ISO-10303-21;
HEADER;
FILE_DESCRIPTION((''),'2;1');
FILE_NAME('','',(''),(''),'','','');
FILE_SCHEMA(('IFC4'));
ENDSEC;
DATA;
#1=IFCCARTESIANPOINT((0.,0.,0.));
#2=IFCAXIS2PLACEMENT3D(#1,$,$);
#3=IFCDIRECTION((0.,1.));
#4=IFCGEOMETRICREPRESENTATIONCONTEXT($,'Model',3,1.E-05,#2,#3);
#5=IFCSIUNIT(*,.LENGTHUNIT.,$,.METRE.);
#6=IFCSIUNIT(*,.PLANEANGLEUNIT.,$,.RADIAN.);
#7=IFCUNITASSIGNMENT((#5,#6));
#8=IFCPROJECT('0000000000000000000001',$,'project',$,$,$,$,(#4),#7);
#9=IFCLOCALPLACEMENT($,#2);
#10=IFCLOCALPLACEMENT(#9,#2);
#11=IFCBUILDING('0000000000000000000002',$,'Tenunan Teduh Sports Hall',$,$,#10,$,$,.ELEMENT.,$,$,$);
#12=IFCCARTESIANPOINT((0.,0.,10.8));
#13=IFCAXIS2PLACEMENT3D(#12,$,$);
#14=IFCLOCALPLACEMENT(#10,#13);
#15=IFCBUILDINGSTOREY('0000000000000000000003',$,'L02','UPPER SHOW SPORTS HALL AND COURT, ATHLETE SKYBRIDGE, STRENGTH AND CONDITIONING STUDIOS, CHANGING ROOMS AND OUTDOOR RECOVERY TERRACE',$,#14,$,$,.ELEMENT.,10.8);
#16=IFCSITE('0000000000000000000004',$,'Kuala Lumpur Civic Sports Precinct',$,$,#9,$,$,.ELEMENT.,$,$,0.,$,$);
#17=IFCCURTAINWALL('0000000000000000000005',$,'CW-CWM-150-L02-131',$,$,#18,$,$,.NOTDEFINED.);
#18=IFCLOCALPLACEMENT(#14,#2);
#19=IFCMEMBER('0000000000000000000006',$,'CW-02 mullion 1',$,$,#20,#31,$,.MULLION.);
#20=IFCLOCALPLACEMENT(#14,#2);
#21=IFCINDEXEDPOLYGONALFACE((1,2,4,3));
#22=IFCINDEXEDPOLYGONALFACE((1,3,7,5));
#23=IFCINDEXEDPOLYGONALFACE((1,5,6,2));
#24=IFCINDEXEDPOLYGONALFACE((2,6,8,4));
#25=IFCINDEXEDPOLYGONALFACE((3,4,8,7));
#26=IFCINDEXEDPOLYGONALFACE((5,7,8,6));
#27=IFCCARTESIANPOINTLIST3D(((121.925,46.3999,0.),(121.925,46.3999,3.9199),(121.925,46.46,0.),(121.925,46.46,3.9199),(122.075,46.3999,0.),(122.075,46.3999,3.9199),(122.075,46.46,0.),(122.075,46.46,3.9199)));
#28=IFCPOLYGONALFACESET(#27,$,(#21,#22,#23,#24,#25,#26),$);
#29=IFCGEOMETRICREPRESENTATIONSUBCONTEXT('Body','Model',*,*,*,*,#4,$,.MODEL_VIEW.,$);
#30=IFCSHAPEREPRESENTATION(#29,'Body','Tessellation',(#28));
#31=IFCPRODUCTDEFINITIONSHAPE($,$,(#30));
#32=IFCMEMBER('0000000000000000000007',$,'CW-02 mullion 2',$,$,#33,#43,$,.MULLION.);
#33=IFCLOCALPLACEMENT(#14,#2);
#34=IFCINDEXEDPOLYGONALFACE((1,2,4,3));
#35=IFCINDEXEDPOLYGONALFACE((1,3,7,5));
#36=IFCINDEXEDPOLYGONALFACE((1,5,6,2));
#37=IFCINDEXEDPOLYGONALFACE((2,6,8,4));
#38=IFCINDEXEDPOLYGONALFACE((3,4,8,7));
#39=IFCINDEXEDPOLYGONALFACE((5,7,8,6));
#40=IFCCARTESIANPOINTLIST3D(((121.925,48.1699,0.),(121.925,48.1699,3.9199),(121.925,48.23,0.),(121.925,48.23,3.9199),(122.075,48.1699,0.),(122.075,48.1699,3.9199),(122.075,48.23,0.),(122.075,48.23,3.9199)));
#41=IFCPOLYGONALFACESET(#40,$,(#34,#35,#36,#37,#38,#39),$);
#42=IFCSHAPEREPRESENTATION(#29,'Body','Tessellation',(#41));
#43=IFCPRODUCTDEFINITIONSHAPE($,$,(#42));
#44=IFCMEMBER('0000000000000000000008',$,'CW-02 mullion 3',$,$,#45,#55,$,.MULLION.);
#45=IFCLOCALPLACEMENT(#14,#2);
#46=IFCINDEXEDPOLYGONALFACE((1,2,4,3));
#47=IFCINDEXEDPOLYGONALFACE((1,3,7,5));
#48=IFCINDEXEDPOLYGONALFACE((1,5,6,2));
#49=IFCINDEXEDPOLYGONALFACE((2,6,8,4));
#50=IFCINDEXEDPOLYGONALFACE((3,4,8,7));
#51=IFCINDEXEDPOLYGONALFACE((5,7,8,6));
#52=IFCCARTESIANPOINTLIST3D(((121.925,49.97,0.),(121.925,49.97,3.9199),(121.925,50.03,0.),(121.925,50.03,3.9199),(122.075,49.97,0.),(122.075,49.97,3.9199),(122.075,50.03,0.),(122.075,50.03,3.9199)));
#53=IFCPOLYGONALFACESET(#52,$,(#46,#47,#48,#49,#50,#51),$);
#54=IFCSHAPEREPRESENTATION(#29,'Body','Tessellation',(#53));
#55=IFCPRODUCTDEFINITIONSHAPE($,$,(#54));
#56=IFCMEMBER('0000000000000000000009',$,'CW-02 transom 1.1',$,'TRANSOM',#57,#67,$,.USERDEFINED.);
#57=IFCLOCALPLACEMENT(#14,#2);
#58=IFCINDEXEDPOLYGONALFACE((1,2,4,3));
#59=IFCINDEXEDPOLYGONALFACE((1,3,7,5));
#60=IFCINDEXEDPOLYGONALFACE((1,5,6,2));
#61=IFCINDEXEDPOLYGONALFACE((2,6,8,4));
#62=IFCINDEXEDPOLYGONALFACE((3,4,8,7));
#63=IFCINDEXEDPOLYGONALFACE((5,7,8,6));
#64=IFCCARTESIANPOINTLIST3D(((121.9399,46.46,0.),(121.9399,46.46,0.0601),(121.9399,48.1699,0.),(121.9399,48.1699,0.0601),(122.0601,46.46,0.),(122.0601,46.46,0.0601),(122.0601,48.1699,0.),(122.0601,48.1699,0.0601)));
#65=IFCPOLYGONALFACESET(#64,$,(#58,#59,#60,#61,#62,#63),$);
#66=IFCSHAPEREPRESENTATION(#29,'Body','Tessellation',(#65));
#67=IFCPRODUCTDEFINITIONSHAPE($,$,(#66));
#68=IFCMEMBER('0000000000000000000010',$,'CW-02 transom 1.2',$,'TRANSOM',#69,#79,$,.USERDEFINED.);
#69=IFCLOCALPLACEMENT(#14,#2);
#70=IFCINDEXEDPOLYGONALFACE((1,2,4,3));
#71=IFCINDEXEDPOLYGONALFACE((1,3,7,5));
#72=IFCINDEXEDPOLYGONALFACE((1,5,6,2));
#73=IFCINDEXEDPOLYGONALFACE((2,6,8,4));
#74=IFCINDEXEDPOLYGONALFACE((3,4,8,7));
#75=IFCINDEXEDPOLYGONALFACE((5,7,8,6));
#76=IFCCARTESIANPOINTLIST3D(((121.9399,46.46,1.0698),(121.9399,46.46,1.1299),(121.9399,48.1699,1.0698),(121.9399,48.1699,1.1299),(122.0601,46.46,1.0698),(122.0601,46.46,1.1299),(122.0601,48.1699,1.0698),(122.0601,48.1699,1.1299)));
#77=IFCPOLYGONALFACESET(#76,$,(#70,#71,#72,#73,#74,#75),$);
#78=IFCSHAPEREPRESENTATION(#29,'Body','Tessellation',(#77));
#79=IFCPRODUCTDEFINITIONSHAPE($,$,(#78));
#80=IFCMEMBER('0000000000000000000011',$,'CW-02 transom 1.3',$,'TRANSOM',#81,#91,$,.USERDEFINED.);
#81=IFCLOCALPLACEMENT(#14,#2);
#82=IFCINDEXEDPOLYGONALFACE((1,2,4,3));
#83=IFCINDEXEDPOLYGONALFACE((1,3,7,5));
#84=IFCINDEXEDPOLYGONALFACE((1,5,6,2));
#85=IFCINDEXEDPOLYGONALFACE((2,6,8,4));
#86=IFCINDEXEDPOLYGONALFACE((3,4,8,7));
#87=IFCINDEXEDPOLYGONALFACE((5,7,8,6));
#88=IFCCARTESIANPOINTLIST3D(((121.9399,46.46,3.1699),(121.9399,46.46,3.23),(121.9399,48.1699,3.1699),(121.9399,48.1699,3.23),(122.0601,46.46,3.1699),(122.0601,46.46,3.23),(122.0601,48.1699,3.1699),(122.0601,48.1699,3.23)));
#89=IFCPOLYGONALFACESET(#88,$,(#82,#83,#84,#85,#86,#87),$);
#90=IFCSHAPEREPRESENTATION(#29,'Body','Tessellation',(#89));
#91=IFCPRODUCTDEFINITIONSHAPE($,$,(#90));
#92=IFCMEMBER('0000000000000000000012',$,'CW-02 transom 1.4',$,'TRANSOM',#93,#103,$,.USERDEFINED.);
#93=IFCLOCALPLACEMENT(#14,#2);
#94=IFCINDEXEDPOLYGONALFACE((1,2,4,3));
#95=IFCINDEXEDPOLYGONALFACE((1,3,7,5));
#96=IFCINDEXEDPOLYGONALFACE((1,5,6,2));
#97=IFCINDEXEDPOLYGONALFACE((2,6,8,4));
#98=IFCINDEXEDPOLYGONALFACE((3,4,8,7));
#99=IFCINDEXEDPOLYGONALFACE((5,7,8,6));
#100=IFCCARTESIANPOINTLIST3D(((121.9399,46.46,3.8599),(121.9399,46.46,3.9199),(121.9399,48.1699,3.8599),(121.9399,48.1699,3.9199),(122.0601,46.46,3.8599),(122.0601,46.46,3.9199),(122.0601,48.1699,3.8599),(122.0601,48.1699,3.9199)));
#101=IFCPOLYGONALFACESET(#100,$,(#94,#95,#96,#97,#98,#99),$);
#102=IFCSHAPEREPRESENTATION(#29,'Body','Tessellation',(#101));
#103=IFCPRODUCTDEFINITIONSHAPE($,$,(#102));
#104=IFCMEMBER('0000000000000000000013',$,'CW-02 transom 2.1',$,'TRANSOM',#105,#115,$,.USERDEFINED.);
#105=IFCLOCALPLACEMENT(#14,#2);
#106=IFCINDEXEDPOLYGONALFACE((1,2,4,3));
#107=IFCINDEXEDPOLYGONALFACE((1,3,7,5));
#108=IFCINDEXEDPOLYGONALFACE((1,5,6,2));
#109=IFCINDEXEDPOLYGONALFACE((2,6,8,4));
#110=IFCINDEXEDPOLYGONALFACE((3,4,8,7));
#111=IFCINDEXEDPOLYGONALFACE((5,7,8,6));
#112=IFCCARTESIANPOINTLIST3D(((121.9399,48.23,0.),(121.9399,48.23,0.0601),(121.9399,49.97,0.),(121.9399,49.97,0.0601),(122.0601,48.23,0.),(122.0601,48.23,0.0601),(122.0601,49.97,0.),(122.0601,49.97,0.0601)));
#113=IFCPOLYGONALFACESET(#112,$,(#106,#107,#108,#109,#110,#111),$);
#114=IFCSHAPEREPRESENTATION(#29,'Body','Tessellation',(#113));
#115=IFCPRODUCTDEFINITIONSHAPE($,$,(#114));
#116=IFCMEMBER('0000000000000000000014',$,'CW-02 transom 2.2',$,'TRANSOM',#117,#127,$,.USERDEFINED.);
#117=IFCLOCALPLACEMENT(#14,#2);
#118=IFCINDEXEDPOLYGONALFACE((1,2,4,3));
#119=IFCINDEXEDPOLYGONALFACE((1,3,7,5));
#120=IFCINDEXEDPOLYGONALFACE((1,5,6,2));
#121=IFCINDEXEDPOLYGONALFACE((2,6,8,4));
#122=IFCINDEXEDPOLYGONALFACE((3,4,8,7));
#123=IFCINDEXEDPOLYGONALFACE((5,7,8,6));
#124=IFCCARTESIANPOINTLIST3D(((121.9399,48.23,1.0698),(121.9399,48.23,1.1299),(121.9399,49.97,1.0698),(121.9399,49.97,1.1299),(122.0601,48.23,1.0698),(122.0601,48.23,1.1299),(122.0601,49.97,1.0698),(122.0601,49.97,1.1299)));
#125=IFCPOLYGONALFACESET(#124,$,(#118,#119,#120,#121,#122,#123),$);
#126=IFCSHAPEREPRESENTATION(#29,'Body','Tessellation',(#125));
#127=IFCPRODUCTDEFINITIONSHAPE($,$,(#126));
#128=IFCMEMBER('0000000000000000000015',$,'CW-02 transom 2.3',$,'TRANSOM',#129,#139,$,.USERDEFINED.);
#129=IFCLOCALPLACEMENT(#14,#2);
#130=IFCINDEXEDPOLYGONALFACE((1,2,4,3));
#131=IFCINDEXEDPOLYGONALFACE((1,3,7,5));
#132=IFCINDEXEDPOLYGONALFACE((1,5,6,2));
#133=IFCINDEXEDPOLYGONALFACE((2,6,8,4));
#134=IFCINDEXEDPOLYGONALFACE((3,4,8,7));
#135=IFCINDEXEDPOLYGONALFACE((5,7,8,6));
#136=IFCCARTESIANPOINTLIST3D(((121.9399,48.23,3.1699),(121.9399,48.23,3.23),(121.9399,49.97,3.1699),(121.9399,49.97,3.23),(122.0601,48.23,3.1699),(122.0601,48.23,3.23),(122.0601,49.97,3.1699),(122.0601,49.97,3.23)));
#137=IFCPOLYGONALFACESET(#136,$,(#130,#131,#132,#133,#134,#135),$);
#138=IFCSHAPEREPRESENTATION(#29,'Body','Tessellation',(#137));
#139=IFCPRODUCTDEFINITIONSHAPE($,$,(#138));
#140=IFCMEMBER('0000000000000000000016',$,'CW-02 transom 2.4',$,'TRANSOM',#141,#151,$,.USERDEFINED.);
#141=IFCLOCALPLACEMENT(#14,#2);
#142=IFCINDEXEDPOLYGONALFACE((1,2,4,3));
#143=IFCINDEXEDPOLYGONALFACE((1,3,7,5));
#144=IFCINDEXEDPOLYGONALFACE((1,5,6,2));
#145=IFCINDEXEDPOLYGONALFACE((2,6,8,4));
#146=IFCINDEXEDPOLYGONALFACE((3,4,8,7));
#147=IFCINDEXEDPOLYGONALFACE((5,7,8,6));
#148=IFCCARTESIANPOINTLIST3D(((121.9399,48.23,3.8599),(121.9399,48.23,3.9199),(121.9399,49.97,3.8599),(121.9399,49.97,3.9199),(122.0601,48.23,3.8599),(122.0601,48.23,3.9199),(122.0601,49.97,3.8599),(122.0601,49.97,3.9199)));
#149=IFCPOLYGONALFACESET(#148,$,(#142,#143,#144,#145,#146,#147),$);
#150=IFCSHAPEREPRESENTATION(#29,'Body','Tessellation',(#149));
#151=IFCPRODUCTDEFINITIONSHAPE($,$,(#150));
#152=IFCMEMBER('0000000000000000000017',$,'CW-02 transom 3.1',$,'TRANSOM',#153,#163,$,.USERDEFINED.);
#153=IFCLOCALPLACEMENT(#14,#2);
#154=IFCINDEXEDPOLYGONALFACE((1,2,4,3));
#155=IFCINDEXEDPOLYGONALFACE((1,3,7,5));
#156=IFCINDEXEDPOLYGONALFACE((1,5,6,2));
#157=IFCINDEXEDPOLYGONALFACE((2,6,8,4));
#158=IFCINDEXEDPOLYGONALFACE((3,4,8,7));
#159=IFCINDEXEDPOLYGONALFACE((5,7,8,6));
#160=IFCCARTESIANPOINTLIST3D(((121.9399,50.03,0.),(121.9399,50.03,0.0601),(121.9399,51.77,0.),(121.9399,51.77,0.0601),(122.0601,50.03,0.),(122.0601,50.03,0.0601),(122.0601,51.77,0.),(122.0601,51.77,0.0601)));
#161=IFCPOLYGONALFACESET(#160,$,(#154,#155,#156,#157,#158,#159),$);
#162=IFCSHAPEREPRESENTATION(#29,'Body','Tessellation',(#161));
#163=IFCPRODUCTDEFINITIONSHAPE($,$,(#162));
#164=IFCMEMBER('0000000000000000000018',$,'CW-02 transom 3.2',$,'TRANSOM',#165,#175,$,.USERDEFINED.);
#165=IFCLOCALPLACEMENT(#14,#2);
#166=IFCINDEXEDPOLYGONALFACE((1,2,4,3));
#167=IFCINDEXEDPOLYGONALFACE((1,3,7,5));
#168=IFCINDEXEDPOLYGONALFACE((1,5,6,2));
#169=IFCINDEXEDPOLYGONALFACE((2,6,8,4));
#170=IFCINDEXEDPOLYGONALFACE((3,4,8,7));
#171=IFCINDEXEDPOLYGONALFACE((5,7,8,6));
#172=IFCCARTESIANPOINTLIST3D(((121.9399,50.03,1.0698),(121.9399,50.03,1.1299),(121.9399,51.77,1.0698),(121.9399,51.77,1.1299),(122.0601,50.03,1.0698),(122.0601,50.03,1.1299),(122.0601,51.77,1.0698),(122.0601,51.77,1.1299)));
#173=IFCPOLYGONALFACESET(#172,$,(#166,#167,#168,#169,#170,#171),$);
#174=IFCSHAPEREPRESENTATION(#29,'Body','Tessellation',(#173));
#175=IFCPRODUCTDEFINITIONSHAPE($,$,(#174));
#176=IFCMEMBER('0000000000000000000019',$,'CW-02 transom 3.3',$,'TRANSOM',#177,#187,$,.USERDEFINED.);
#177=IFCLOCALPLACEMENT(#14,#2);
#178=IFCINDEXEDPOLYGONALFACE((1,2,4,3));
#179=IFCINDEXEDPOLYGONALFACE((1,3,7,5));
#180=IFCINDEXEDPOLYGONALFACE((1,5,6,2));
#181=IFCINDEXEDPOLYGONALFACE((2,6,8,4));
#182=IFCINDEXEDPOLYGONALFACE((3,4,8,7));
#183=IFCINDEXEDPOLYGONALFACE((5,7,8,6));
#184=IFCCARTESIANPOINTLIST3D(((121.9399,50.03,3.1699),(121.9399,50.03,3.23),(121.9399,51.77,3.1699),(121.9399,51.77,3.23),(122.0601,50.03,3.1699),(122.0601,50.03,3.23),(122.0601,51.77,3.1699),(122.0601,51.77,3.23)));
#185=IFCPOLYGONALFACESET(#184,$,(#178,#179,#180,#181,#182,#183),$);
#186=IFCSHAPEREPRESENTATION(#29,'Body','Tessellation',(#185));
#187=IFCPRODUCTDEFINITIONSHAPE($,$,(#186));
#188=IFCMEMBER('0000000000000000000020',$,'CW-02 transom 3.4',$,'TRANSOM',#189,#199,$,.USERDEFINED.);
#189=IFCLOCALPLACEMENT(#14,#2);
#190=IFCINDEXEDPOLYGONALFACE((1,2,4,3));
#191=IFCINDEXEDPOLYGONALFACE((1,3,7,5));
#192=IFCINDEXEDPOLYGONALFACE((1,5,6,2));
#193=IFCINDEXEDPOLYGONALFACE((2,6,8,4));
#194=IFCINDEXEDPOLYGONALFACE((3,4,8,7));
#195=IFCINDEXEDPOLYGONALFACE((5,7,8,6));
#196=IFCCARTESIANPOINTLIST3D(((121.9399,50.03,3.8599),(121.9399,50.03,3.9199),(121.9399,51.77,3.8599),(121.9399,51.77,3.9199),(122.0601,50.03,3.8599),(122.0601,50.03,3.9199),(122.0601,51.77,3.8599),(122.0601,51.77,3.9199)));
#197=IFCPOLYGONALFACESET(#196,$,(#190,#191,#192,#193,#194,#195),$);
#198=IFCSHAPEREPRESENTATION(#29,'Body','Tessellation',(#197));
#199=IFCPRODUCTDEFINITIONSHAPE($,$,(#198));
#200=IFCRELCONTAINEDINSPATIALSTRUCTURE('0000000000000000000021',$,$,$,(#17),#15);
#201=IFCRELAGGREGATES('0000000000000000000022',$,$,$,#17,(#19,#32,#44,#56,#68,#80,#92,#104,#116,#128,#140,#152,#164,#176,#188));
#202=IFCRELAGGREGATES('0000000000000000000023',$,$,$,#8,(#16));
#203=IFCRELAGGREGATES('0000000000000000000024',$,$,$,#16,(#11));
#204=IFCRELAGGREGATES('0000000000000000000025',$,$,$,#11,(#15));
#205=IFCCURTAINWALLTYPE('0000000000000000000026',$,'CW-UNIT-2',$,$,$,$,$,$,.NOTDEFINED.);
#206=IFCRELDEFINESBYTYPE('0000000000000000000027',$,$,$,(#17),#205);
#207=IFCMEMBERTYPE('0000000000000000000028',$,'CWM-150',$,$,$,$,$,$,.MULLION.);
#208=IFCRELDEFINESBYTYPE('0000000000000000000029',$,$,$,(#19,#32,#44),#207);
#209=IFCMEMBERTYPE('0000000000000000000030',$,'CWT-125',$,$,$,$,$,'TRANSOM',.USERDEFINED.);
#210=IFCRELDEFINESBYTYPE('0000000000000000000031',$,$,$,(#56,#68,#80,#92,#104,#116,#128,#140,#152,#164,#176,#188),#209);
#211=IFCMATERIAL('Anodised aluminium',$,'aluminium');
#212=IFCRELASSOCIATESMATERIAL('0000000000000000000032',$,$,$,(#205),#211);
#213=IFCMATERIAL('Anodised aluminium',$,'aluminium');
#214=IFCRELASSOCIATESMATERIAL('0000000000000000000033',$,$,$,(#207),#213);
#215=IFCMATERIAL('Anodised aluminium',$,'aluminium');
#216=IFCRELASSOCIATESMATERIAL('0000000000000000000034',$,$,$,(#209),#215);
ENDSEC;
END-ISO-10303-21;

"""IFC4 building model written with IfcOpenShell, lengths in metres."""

from ifc_helpers import new_model, si_unit, direction, frame, origin, origin_2d, place, context, subcontext, project, spatial, rectangle, extrude, material, material_profile, profile_set, type_object, element, aggregate, save


model = new_model("IFC4")

# Units and contexts
model_context = context("Model", 3, precision=1e-05, world=origin(), true_north=direction((0.0, 1.0)))
body_context = subcontext(model_context, "Body", "Model", "MODEL_VIEW")
ifc_project = project(units=[si_unit("LENGTHUNIT", "METRE"), si_unit("PLANEANGLEUNIT", "RADIAN")], contexts=[model_context])

# Site, building, storey
site_placement = place(None, origin())
site = spatial("IfcSite", under=ifc_project, at=site_placement, Name="Kuala Lumpur Civic Sports Precinct", CompositionType="ELEMENT", RefElevation=0.0)
building_placement = place(site_placement, origin())
building = spatial("IfcBuilding", under=site, at=building_placement, Name="Tenunan Teduh Sports Hall", CompositionType="ELEMENT")
storey_placement = place(building_placement, frame((0.0, 0.0, 10.8)))
storey = spatial("IfcBuildingStorey", under=building, at=storey_placement, Name="L02", Description="UPPER SHOW SPORTS HALL AND COURT, ATHLETE SKYBRIDGE, STRENGTH AND CONDITIONING STUDIOS, CHANGING ROOMS AND OUTDOOR RECOVERY TERRACE", CompositionType="ELEMENT", Elevation=10.8)

# Curtain wall, members
ifc_material_1 = material(Name="Anodised aluminium", Category="aluminium")
curtain_wall_type = type_object("IfcCurtainWallType", Name="CW-UNIT-2", PredefinedType="NOTDEFINED", material=ifc_material_1)
curtain_wall_placement = place(storey_placement, origin())
curtain_wall = element("IfcCurtainWall", 1, at=curtain_wall_placement, inside=storey, type_object=curtain_wall_type, Name="CW-CWM-150-L02-131", PredefinedType="NOTDEFINED")
ifc_material_2 = material(Name="Anodised aluminium", Category="aluminium")
ifc_material_profile_1 = material_profile(ifc_material_2, rectangle(XDim=0.0601, YDim=0.1499, at=origin_2d()), Name="CWM 60x150")
ifc_profile_set_1 = profile_set([ifc_material_profile_1], Name="Anodised aluminium")
member_type_1 = type_object("IfcMemberType", Name="CWM-150", PredefinedType="MULLION", material=ifc_profile_set_1)
member_1_placement = place(storey_placement, frame((122.0, 46.4299, 0.0), z_axis=(0.0, 0.0, 1.0), x_axis=(0.0, 1.0, 0.0)))
member_1 = element("IfcMember", 2, at=member_1_placement, type_object=member_type_1, Name="CW-02 mullion 1", PredefinedType="MULLION", context=body_context, shape_type="SweptSolid", body=[
    extrude(rectangle(XDim=0.0601, YDim=0.1499, at=origin_2d()), origin(), (0.0, 0.0, 1.0), 3.9199),
])
member_2_placement = place(storey_placement, frame((122.0, 48.2, 0.0), z_axis=(0.0, 0.0, 1.0), x_axis=(0.0, 1.0, 0.0)))
member_2 = element("IfcMember", 3, at=member_2_placement, type_object=member_type_1, Name="CW-02 mullion 2", PredefinedType="MULLION", context=body_context, shape_type="SweptSolid", body=[
    extrude(rectangle(XDim=0.0601, YDim=0.1499, at=origin_2d()), origin(), (0.0, 0.0, 1.0), 3.9199),
])
member_3_placement = place(storey_placement, frame((122.0, 50.0, 0.0), z_axis=(0.0, 0.0, 1.0), x_axis=(0.0, 1.0, 0.0)))
member_3 = element("IfcMember", 4, at=member_3_placement, type_object=member_type_1, Name="CW-02 mullion 3", PredefinedType="MULLION", context=body_context, shape_type="SweptSolid", body=[
    extrude(rectangle(XDim=0.0601, YDim=0.1499, at=origin_2d()), origin(), (0.0, 0.0, 1.0), 3.9199),
])
ifc_material_3 = material(Name="Anodised aluminium", Category="aluminium")
ifc_material_profile_2 = material_profile(ifc_material_3, rectangle(XDim=0.0601, YDim=0.1201, at=origin_2d()), Name="CWT 60x120")
ifc_profile_set_2 = profile_set([ifc_material_profile_2], Name="Anodised aluminium")
member_type_2 = type_object("IfcMemberType", Name="CWT-125", ElementType="TRANSOM", PredefinedType="USERDEFINED", material=ifc_profile_set_2)
member_4_placement = place(storey_placement, frame((122.0, 46.46, 0.03), z_axis=(0.0, 1.0, 0.0), x_axis=(0.0, 0.0, 1.0)))
member_4 = element("IfcMember", 5, at=member_4_placement, type_object=member_type_2, Name="CW-02 transom 1.1", ObjectType="TRANSOM", PredefinedType="USERDEFINED", context=body_context, shape_type="SweptSolid", body=[
    extrude(rectangle(XDim=0.0601, YDim=0.1201, at=origin_2d()), origin(), (0.0, 0.0, 1.0), 1.71),
])
member_5_placement = place(storey_placement, frame((122.0, 46.46, 1.0999), z_axis=(0.0, 1.0, 0.0), x_axis=(0.0, 0.0, 1.0)))
member_5 = element("IfcMember", 6, at=member_5_placement, type_object=member_type_2, Name="CW-02 transom 1.2", ObjectType="TRANSOM", PredefinedType="USERDEFINED", context=body_context, shape_type="SweptSolid", body=[
    extrude(rectangle(XDim=0.0601, YDim=0.1201, at=origin_2d()), origin(), (0.0, 0.0, 1.0), 1.71),
])
member_6_placement = place(storey_placement, frame((122.0, 46.46, 3.2), z_axis=(0.0, 1.0, 0.0), x_axis=(0.0, 0.0, 1.0)))
member_6 = element("IfcMember", 7, at=member_6_placement, type_object=member_type_2, Name="CW-02 transom 1.3", ObjectType="TRANSOM", PredefinedType="USERDEFINED", context=body_context, shape_type="SweptSolid", body=[
    extrude(rectangle(XDim=0.0601, YDim=0.1201, at=origin_2d()), origin(), (0.0, 0.0, 1.0), 1.71),
])
member_7_placement = place(storey_placement, frame((122.0, 46.46, 3.8899), z_axis=(0.0, 1.0, 0.0), x_axis=(0.0, 0.0, 1.0)))
member_7 = element("IfcMember", 8, at=member_7_placement, type_object=member_type_2, Name="CW-02 transom 1.4", ObjectType="TRANSOM", PredefinedType="USERDEFINED", context=body_context, shape_type="SweptSolid", body=[
    extrude(rectangle(XDim=0.0601, YDim=0.1201, at=origin_2d()), origin(), (0.0, 0.0, 1.0), 1.71),
])
member_8_placement = place(storey_placement, frame((122.0, 48.23, 0.03), z_axis=(0.0, 1.0, 0.0), x_axis=(0.0, 0.0, 1.0)))
member_8 = element("IfcMember", 9, at=member_8_placement, type_object=member_type_2, Name="CW-02 transom 2.1", ObjectType="TRANSOM", PredefinedType="USERDEFINED", context=body_context, shape_type="SweptSolid", body=[
    extrude(rectangle(XDim=0.0601, YDim=0.1201, at=origin_2d()), origin(), (0.0, 0.0, 1.0), 1.74),
])
member_9_placement = place(storey_placement, frame((122.0, 48.23, 1.0999), z_axis=(0.0, 1.0, 0.0), x_axis=(0.0, 0.0, 1.0)))
member_9 = element("IfcMember", 10, at=member_9_placement, type_object=member_type_2, Name="CW-02 transom 2.2", ObjectType="TRANSOM", PredefinedType="USERDEFINED", context=body_context, shape_type="SweptSolid", body=[
    extrude(rectangle(XDim=0.0601, YDim=0.1201, at=origin_2d()), origin(), (0.0, 0.0, 1.0), 1.74),
])
member_10_placement = place(storey_placement, frame((122.0, 48.23, 3.2), z_axis=(0.0, 1.0, 0.0), x_axis=(0.0, 0.0, 1.0)))
member_10 = element("IfcMember", 11, at=member_10_placement, type_object=member_type_2, Name="CW-02 transom 2.3", ObjectType="TRANSOM", PredefinedType="USERDEFINED", context=body_context, shape_type="SweptSolid", body=[
    extrude(rectangle(XDim=0.0601, YDim=0.1201, at=origin_2d()), origin(), (0.0, 0.0, 1.0), 1.74),
])
member_11_placement = place(storey_placement, frame((122.0, 48.23, 3.8899), z_axis=(0.0, 1.0, 0.0), x_axis=(0.0, 0.0, 1.0)))
member_11 = element("IfcMember", 12, at=member_11_placement, type_object=member_type_2, Name="CW-02 transom 2.4", ObjectType="TRANSOM", PredefinedType="USERDEFINED", context=body_context, shape_type="SweptSolid", body=[
    extrude(rectangle(XDim=0.0601, YDim=0.1201, at=origin_2d()), origin(), (0.0, 0.0, 1.0), 1.74),
])
member_12_placement = place(storey_placement, frame((122.0, 50.03, 0.03), z_axis=(0.0, 1.0, 0.0), x_axis=(0.0, 0.0, 1.0)))
member_12 = element("IfcMember", 13, at=member_12_placement, type_object=member_type_2, Name="CW-02 transom 3.1", ObjectType="TRANSOM", PredefinedType="USERDEFINED", context=body_context, shape_type="SweptSolid", body=[
    extrude(rectangle(XDim=0.0601, YDim=0.1201, at=origin_2d()), origin(), (0.0, 0.0, 1.0), 1.74),
])
member_13_placement = place(storey_placement, frame((122.0, 50.03, 1.0999), z_axis=(0.0, 1.0, 0.0), x_axis=(0.0, 0.0, 1.0)))
member_13 = element("IfcMember", 14, at=member_13_placement, type_object=member_type_2, Name="CW-02 transom 3.2", ObjectType="TRANSOM", PredefinedType="USERDEFINED", context=body_context, shape_type="SweptSolid", body=[
    extrude(rectangle(XDim=0.0601, YDim=0.1201, at=origin_2d()), origin(), (0.0, 0.0, 1.0), 1.74),
])
member_14_placement = place(storey_placement, frame((122.0, 50.03, 3.2), z_axis=(0.0, 1.0, 0.0), x_axis=(0.0, 0.0, 1.0)))
member_14 = element("IfcMember", 15, at=member_14_placement, type_object=member_type_2, Name="CW-02 transom 3.3", ObjectType="TRANSOM", PredefinedType="USERDEFINED", context=body_context, shape_type="SweptSolid", body=[
    extrude(rectangle(XDim=0.0601, YDim=0.1201, at=origin_2d()), origin(), (0.0, 0.0, 1.0), 1.74),
])
member_15_placement = place(storey_placement, frame((122.0, 50.03, 3.8899), z_axis=(0.0, 1.0, 0.0), x_axis=(0.0, 0.0, 1.0)))
member_15 = element("IfcMember", 16, at=member_15_placement, type_object=member_type_2, Name="CW-02 transom 3.4", ObjectType="TRANSOM", PredefinedType="USERDEFINED", context=body_context, shape_type="SweptSolid", body=[
    extrude(rectangle(XDim=0.0601, YDim=0.1201, at=origin_2d()), origin(), (0.0, 0.0, 1.0), 1.74),
])
aggregate(curtain_wall, [member_1, member_2, member_3, member_4, member_5, member_6, member_7, member_8, member_9, member_10, member_11, member_12, member_13, member_14, member_15])

save(model, "model.ifc")
